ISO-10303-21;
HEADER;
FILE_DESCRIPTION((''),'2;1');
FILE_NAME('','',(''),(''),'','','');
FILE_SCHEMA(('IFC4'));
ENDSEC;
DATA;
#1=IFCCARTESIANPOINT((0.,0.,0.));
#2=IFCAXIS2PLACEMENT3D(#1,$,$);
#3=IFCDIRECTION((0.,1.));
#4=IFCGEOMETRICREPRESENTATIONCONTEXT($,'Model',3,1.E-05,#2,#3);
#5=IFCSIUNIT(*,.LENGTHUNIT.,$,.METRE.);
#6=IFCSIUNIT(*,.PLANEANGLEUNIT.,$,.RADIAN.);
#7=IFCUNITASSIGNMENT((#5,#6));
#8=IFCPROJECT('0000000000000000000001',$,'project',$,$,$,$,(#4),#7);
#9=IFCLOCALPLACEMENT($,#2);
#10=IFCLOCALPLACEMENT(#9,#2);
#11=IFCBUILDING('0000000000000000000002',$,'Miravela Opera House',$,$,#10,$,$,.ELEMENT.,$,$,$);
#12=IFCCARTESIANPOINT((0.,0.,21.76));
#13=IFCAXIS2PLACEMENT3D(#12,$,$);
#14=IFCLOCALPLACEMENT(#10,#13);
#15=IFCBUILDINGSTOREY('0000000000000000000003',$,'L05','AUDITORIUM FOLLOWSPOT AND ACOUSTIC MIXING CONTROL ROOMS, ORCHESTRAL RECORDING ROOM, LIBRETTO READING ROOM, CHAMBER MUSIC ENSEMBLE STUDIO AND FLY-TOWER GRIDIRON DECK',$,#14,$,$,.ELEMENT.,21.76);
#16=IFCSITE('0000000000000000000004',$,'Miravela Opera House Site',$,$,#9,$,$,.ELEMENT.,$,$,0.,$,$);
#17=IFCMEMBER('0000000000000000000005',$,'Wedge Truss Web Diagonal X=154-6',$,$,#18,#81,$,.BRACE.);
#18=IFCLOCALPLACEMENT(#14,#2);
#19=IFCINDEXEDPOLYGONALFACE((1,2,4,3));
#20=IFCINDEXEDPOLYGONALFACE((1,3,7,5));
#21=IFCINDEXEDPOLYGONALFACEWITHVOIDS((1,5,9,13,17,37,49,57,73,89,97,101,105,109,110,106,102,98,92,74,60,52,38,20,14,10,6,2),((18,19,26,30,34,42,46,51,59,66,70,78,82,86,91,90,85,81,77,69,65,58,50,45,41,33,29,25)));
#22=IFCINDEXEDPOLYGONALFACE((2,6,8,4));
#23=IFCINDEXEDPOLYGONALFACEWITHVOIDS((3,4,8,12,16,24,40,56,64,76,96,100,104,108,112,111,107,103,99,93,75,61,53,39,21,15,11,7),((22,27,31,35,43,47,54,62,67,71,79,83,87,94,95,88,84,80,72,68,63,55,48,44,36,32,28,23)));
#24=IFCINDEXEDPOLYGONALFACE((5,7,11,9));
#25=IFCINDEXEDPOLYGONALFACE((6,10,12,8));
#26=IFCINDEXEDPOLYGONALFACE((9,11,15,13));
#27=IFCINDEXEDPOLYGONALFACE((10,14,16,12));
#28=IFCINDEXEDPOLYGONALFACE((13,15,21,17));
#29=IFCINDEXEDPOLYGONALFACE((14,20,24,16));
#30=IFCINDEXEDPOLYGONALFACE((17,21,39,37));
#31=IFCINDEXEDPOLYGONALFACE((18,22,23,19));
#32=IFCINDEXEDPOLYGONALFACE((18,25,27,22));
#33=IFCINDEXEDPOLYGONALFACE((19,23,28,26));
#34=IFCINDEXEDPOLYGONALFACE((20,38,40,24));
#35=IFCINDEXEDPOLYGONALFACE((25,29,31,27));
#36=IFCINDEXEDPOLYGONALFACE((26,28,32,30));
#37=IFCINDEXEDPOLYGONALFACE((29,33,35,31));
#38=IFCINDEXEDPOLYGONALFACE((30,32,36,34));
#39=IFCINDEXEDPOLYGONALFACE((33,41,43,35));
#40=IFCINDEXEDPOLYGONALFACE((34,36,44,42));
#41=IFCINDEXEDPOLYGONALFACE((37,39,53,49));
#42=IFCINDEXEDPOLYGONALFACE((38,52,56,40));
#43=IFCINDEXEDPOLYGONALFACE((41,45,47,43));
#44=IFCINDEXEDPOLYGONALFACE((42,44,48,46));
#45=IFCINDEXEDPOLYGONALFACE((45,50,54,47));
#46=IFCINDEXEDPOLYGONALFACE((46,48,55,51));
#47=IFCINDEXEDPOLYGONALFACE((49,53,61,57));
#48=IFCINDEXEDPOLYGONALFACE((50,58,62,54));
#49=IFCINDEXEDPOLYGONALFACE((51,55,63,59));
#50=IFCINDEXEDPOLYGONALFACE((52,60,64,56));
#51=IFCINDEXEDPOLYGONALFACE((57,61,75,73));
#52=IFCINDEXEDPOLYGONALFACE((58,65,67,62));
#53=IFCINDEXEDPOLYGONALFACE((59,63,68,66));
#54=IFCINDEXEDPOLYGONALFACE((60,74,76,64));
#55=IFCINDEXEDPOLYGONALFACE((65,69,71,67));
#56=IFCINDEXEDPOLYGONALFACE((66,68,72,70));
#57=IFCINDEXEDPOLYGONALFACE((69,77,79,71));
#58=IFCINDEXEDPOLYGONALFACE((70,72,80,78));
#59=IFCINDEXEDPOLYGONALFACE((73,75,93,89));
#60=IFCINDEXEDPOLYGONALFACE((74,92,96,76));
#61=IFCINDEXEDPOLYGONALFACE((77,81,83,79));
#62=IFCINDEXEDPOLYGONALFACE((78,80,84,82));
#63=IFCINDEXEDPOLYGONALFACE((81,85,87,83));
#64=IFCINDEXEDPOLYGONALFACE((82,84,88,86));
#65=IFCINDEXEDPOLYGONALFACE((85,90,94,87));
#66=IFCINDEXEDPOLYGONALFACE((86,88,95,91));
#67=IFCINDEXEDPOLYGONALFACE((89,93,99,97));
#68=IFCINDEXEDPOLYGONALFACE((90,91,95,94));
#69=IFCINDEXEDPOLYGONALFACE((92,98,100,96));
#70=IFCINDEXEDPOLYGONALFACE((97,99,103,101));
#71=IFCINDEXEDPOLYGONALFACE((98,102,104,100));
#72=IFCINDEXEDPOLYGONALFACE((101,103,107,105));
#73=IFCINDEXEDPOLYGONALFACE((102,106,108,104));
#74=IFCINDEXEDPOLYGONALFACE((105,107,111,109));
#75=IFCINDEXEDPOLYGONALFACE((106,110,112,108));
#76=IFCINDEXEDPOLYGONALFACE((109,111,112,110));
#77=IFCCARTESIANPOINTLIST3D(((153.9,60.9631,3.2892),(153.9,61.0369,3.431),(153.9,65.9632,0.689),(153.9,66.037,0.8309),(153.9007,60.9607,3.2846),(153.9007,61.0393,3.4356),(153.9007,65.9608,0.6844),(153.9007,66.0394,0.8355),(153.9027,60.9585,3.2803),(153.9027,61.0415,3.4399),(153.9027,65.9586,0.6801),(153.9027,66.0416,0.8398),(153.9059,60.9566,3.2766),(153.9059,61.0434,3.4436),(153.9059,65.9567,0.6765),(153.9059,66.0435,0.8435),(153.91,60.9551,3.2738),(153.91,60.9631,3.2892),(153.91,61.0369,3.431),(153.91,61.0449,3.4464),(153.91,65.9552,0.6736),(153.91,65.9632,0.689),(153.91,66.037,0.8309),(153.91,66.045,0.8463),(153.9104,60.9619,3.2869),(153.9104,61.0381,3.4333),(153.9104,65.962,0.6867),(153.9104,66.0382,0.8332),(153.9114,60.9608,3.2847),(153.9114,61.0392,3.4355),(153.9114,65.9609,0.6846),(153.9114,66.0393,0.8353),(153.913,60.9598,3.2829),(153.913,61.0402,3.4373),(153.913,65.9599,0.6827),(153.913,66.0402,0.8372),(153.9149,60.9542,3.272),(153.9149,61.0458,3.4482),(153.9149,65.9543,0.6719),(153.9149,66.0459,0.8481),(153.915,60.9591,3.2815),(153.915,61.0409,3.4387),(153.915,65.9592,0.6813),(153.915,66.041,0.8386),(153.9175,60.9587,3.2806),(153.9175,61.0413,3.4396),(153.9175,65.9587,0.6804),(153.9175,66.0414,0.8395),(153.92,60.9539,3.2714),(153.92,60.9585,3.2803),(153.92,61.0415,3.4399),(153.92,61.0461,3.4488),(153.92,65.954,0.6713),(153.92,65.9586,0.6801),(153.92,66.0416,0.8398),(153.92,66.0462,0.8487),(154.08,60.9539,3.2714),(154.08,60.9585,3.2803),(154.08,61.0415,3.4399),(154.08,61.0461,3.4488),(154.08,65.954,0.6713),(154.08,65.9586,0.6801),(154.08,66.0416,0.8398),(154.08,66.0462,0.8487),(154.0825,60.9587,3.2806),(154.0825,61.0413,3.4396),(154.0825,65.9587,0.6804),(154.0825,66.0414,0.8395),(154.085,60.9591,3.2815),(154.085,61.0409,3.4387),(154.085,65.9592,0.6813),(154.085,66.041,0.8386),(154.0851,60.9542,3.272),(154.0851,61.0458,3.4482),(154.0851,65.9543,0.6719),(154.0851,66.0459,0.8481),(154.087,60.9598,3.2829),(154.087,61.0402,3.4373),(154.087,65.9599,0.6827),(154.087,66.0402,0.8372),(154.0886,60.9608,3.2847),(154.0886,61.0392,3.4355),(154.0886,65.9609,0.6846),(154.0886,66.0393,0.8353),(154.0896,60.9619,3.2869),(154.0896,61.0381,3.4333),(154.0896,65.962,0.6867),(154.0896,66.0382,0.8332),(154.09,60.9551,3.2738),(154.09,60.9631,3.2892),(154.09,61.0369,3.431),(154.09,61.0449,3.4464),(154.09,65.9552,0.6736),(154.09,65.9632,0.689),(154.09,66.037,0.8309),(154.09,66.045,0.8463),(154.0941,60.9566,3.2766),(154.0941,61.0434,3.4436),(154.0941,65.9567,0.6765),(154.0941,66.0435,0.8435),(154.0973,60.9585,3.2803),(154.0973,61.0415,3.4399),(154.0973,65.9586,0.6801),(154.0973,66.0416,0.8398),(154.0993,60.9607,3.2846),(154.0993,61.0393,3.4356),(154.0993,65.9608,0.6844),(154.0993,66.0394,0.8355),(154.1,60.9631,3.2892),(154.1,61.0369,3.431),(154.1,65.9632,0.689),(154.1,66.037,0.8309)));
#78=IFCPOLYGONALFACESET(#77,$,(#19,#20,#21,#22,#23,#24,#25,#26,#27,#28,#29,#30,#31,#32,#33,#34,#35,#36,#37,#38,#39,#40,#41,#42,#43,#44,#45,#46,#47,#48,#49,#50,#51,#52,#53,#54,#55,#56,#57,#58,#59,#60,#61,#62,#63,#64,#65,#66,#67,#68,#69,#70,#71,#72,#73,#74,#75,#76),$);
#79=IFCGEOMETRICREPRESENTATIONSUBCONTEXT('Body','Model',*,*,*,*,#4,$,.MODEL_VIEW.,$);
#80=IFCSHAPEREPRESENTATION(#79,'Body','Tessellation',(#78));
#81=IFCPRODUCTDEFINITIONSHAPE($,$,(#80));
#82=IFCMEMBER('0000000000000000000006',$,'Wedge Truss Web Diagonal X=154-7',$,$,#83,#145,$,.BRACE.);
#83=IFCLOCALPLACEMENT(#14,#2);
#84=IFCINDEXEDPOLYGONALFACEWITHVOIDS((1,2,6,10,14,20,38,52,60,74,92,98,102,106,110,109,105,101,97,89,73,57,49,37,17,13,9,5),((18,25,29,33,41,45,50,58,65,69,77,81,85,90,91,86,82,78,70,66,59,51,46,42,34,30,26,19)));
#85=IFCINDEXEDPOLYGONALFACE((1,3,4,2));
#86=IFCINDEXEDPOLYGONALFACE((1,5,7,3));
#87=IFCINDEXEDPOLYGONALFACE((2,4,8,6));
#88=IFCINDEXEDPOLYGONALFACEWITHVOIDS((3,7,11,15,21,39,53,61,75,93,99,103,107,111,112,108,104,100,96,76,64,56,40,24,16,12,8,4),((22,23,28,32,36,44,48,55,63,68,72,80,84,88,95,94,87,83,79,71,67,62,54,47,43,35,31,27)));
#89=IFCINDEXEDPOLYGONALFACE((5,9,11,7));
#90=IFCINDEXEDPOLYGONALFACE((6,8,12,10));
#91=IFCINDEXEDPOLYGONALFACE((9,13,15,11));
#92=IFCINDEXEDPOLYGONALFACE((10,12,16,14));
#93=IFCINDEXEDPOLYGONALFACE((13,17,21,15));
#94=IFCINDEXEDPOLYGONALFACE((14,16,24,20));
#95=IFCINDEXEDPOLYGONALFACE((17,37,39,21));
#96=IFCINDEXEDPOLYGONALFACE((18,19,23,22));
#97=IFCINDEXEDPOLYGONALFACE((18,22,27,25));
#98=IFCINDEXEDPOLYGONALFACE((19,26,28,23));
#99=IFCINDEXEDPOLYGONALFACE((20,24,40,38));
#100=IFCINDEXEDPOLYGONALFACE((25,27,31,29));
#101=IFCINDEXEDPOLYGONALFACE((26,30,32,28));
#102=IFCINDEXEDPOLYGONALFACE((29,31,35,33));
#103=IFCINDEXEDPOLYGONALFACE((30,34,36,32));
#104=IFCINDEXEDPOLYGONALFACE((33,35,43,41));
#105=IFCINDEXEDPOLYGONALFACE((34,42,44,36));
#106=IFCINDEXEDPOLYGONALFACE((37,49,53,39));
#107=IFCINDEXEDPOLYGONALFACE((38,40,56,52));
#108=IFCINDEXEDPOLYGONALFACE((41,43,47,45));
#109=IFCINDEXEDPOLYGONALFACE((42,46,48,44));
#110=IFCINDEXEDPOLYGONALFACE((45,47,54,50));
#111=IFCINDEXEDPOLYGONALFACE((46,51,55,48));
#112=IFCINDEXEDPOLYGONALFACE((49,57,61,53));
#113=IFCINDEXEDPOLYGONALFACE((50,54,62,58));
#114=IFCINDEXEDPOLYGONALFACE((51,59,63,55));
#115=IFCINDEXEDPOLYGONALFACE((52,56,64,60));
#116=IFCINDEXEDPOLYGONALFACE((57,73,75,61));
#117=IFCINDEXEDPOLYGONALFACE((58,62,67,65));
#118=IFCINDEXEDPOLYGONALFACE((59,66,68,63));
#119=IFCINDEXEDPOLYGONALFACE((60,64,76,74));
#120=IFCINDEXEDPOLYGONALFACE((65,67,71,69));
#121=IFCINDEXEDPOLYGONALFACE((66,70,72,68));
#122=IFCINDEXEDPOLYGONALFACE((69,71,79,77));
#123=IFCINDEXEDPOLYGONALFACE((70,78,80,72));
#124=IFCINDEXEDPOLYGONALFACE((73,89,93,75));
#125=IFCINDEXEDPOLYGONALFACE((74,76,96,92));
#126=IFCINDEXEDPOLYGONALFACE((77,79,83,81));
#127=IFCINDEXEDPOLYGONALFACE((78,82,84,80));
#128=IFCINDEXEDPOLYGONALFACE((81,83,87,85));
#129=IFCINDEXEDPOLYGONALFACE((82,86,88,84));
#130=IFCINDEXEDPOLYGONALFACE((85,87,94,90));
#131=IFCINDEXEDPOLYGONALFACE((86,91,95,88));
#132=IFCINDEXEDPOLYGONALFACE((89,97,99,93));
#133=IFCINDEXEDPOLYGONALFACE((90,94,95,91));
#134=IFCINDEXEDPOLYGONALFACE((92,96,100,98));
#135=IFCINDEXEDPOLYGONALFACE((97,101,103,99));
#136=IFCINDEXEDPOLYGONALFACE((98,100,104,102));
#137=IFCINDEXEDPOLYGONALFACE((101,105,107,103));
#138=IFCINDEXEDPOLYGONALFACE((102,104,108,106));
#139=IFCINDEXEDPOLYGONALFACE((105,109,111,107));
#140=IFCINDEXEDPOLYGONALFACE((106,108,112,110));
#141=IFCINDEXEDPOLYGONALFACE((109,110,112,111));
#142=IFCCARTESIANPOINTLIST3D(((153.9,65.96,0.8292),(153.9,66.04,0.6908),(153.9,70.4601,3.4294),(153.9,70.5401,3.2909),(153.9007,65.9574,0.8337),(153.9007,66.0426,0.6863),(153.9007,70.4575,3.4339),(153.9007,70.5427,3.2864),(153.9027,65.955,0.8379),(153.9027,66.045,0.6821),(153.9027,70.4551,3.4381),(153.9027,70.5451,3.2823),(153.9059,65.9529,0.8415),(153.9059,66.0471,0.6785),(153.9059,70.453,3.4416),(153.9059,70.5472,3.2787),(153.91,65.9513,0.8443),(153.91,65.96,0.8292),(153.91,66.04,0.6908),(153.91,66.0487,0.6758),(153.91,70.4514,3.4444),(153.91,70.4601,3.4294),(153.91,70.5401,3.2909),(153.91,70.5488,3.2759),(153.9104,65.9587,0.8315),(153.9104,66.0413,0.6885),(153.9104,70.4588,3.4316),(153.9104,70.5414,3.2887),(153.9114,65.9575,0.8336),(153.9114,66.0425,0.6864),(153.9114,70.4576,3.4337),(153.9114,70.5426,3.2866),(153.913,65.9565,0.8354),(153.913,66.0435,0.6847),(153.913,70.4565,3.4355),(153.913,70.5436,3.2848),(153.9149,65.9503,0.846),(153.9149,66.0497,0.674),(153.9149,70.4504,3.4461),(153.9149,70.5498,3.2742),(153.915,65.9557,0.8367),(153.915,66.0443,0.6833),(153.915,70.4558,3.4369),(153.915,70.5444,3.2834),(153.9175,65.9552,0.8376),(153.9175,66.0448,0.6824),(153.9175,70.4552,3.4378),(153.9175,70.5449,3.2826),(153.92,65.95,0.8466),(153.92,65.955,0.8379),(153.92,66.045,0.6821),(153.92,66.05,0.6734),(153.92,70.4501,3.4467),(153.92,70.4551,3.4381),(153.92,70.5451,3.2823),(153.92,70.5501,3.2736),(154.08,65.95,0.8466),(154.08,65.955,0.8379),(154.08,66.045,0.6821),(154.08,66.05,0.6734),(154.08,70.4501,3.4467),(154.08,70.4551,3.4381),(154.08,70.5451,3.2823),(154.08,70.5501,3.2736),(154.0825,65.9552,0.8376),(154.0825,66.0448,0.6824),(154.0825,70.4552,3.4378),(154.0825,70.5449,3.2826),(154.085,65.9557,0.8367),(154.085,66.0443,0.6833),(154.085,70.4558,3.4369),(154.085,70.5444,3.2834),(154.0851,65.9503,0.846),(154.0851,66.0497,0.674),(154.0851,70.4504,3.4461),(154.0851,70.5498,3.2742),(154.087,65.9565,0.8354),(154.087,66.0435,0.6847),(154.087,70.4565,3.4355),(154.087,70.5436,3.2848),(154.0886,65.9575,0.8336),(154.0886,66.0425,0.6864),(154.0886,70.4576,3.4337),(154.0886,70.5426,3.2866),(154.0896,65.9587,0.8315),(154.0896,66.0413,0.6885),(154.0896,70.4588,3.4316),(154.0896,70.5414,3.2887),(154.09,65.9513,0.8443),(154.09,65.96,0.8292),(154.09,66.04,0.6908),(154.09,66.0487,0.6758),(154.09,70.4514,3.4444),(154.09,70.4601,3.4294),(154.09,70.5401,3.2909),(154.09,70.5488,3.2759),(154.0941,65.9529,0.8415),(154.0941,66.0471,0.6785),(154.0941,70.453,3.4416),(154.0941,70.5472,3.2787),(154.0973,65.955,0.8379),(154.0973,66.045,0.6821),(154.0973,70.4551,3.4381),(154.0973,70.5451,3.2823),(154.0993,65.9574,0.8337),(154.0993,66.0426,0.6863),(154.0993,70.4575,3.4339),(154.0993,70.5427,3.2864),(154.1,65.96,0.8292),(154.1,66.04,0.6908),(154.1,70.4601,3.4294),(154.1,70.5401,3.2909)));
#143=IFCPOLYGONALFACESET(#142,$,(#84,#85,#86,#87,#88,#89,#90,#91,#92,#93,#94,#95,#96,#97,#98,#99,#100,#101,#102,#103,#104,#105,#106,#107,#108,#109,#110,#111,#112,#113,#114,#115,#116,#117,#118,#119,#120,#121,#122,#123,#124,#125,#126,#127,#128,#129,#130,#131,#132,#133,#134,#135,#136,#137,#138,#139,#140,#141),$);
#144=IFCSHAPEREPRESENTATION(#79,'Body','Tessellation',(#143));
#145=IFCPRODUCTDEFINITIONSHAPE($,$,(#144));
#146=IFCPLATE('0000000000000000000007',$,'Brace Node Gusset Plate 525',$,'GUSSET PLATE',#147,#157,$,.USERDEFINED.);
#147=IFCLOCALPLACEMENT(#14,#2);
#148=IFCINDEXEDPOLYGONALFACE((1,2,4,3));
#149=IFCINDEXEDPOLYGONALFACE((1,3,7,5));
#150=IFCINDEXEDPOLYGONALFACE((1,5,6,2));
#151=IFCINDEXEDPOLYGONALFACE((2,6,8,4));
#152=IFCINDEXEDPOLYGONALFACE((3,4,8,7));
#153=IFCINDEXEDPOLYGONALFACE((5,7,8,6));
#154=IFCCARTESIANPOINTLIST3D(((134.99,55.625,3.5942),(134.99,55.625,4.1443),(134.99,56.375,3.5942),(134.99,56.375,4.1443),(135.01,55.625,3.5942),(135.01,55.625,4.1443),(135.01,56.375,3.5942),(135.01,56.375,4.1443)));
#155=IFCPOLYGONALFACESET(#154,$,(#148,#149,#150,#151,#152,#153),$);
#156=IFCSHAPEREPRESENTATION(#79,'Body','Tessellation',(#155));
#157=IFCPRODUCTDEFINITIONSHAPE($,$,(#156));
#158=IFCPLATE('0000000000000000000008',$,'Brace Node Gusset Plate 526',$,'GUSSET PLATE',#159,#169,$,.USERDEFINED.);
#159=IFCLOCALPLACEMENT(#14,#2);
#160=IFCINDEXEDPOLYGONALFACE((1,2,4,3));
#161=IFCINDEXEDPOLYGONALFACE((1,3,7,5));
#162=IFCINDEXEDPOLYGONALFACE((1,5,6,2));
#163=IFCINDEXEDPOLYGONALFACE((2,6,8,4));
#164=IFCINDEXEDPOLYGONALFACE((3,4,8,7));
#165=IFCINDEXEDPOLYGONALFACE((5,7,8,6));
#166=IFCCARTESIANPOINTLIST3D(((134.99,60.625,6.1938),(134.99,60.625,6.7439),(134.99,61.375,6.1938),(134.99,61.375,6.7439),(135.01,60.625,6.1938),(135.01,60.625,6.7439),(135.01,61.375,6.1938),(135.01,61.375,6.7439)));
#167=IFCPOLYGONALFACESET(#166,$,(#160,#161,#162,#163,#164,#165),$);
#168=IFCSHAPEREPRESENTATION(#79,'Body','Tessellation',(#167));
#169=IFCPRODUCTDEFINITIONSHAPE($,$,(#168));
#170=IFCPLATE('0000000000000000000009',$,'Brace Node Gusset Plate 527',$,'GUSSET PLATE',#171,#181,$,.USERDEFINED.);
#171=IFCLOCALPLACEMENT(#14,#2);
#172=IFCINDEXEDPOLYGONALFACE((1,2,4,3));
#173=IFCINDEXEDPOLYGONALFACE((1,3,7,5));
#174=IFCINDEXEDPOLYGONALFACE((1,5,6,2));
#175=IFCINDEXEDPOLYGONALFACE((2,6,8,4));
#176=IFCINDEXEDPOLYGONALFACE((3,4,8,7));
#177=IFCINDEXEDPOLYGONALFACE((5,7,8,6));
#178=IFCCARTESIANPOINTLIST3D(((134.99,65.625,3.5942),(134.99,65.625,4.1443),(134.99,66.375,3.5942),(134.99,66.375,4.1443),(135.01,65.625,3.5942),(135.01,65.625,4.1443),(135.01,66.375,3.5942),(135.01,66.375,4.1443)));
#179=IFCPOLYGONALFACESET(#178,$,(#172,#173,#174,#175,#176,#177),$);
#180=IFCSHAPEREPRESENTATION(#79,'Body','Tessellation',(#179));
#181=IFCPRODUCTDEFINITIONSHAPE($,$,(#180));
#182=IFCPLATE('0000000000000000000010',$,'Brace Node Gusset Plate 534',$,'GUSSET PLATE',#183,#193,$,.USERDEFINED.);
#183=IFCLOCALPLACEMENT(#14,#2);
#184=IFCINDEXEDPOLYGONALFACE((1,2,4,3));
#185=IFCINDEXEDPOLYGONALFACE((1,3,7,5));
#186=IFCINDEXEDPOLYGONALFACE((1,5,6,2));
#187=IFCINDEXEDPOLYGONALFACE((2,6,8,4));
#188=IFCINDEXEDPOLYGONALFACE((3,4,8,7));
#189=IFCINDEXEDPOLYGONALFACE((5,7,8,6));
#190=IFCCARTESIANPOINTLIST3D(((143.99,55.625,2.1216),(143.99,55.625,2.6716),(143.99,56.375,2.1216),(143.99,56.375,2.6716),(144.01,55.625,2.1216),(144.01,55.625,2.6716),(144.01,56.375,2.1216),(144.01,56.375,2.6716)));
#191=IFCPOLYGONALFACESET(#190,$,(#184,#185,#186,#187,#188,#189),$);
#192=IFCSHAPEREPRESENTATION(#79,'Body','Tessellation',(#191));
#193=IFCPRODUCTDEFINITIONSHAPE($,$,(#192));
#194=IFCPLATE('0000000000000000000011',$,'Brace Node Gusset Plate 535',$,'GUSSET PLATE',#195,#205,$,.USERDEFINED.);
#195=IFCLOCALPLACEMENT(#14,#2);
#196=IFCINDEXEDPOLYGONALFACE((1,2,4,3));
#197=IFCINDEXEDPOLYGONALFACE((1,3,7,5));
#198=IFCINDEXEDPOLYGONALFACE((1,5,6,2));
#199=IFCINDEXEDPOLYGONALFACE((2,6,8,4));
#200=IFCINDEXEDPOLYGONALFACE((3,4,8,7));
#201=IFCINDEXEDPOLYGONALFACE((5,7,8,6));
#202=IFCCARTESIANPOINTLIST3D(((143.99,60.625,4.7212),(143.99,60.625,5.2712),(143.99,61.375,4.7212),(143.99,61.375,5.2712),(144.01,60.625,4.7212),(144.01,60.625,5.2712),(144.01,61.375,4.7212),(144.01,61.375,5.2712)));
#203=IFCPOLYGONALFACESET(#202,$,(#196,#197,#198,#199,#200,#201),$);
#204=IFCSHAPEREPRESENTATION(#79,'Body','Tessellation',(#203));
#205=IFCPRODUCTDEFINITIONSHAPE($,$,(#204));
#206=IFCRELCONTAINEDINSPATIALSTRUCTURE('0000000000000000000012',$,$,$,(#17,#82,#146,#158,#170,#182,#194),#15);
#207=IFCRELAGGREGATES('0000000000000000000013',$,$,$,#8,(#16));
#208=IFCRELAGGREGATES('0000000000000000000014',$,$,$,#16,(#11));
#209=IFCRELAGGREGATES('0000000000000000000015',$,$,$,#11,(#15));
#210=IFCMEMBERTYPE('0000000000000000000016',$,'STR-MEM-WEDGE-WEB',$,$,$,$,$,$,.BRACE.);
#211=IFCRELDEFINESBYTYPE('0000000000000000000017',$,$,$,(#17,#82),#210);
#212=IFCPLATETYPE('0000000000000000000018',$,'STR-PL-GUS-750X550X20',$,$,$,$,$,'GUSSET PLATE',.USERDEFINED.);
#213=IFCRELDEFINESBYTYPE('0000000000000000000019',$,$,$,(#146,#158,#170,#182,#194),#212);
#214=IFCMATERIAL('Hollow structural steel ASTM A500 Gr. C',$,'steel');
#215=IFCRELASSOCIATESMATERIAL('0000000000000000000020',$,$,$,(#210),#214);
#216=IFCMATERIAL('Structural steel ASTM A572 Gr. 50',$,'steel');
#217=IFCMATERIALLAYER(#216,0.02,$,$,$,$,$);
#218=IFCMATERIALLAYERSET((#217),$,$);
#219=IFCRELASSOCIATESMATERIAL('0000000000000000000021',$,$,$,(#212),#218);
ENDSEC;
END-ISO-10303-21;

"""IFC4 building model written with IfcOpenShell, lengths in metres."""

from ifc_helpers import new_model, si_unit, direction, frame, origin, origin_2d, place, context, subcontext, project, spatial, rectangle, hollow_rectangle, extrude, material, layer, layer_set, material_profile, profile_set, type_object, element, save


model = new_model("IFC4")

# Units and contexts
model_context = context("Model", 3, precision=1e-05, world=origin(), true_north=direction((0.0, 1.0)))
body_context = subcontext(model_context, "Body", "Model", "MODEL_VIEW")
ifc_project = project(units=[si_unit("LENGTHUNIT", "METRE"), si_unit("PLANEANGLEUNIT", "RADIAN")], contexts=[model_context])

# Site, building, storey
site_placement = place(None, origin())
site = spatial("IfcSite", under=ifc_project, at=site_placement, Name="Miravela Opera House Site", CompositionType="ELEMENT", RefElevation=0.0)
building_placement = place(site_placement, origin())
building = spatial("IfcBuilding", under=site, at=building_placement, Name="Miravela Opera House", CompositionType="ELEMENT")
storey_placement = place(building_placement, frame((0.0, 0.0, 21.76)))
storey = spatial("IfcBuildingStorey", under=building, at=storey_placement, Name="L05", Description="AUDITORIUM FOLLOWSPOT AND ACOUSTIC MIXING CONTROL ROOMS, ORCHESTRAL RECORDING ROOM, LIBRETTO READING ROOM, CHAMBER MUSIC ENSEMBLE STUDIO AND FLY-TOWER GRIDIRON DECK", CompositionType="ELEMENT", Elevation=21.76)

# Members
ifc_material_1 = material(Name="Hollow structural steel ASTM A500 Gr. C", Category="steel")
ifc_material_profile_1 = material_profile(ifc_material_1, hollow_rectangle(XDim=0.2, YDim=0.2, WallThickness=0.01, InnerFilletRadius=0.01, OuterFilletRadius=0.02, at=origin_2d()), Name="HSS200X200X10")
ifc_profile_set_1 = profile_set([ifc_material_profile_1])
member_type_1 = type_object("IfcMemberType", Name="STR-MEM-WEDGE-WEB", PredefinedType="BRACE", material=ifc_profile_set_1)
for number, where, z_axis, x_axis, name in (
    (1, (154.0, 61.0, 3.3601), (0.0, 0.88721, -0.461366), (-1.0, 0.0, 0.0), "Wedge Truss Web Diagonal X=154-6"),
):
    element("IfcMember", number, at=place(storey_placement, frame(where, z_axis=z_axis, x_axis=x_axis)), inside=storey, type_object=member_type_1, Name=name, PredefinedType="BRACE", context=body_context, shape_type="SweptSolid", body=[
        extrude(hollow_rectangle(XDim=0.2, YDim=0.2, WallThickness=0.01, InnerFilletRadius=0.01, OuterFilletRadius=0.02, at=origin_2d()), origin(), (0.0, 0.0, 1.0), 5.6357),
    ])
member_1_placement = place(storey_placement, frame((154.0, 66.0, 0.76), z_axis=(0.0, 0.865857, 0.500292), x_axis=(-1.0, 0.0, 0.0)))
element("IfcMember", 2, at=member_1_placement, inside=storey, type_object=member_type_1, Name="Wedge Truss Web Diagonal X=154-7", PredefinedType="BRACE", context=body_context, shape_type="SweptSolid", body=[
    extrude(hollow_rectangle(XDim=0.2, YDim=0.2, WallThickness=0.01, InnerFilletRadius=0.01, OuterFilletRadius=0.02, at=origin_2d()), origin(), (0.0, 0.0, 1.0), 5.1973),
])

# Plates
ifc_material_2 = material(Name="Structural steel ASTM A572 Gr. 50", Category="steel")
ifc_layer = layer(ifc_material_2, 0.02)
ifc_layer_set = layer_set([ifc_layer])
plate_type = type_object("IfcPlateType", Name="STR-PL-GUS-750X550X20", ElementType="GUSSET PLATE", PredefinedType="USERDEFINED", material=ifc_layer_set)
for number, where, z_axis, x_axis, name in (
    (3, (135.0, 56.0, 3.5942), (0.0, 0.0, 1.0), (0.0, 1.0, 0.0), "Brace Node Gusset Plate 525"),
    (4, (135.0, 61.0, 6.1938), (0.0, 0.0, 1.0), (0.0, 1.0, 0.0), "Brace Node Gusset Plate 526"),
    (5, (135.0, 66.0, 3.5942), (0.0, 0.0, 1.0), (0.0, 1.0, 0.0), "Brace Node Gusset Plate 527"),
    (6, (144.0, 56.0, 2.1216), (0.0, 0.0, 1.0), (0.0, 1.0, 0.0), "Brace Node Gusset Plate 534"),
    (7, (144.0, 61.0, 4.7212), (0.0, 0.0, 1.0), (0.0, 1.0, 0.0), "Brace Node Gusset Plate 535"),
):
    element("IfcPlate", number, at=place(storey_placement, frame(where, z_axis=z_axis, x_axis=x_axis)), inside=storey, type_object=plate_type, Name=name, ObjectType="GUSSET PLATE", PredefinedType="USERDEFINED", context=body_context, shape_type="SweptSolid", body=[
        extrude(rectangle(XDim=0.75, YDim=0.02, at=origin_2d()), origin(), (0.0, 0.0, 1.0), 0.55),
    ])

save(model, "model.ifc")
